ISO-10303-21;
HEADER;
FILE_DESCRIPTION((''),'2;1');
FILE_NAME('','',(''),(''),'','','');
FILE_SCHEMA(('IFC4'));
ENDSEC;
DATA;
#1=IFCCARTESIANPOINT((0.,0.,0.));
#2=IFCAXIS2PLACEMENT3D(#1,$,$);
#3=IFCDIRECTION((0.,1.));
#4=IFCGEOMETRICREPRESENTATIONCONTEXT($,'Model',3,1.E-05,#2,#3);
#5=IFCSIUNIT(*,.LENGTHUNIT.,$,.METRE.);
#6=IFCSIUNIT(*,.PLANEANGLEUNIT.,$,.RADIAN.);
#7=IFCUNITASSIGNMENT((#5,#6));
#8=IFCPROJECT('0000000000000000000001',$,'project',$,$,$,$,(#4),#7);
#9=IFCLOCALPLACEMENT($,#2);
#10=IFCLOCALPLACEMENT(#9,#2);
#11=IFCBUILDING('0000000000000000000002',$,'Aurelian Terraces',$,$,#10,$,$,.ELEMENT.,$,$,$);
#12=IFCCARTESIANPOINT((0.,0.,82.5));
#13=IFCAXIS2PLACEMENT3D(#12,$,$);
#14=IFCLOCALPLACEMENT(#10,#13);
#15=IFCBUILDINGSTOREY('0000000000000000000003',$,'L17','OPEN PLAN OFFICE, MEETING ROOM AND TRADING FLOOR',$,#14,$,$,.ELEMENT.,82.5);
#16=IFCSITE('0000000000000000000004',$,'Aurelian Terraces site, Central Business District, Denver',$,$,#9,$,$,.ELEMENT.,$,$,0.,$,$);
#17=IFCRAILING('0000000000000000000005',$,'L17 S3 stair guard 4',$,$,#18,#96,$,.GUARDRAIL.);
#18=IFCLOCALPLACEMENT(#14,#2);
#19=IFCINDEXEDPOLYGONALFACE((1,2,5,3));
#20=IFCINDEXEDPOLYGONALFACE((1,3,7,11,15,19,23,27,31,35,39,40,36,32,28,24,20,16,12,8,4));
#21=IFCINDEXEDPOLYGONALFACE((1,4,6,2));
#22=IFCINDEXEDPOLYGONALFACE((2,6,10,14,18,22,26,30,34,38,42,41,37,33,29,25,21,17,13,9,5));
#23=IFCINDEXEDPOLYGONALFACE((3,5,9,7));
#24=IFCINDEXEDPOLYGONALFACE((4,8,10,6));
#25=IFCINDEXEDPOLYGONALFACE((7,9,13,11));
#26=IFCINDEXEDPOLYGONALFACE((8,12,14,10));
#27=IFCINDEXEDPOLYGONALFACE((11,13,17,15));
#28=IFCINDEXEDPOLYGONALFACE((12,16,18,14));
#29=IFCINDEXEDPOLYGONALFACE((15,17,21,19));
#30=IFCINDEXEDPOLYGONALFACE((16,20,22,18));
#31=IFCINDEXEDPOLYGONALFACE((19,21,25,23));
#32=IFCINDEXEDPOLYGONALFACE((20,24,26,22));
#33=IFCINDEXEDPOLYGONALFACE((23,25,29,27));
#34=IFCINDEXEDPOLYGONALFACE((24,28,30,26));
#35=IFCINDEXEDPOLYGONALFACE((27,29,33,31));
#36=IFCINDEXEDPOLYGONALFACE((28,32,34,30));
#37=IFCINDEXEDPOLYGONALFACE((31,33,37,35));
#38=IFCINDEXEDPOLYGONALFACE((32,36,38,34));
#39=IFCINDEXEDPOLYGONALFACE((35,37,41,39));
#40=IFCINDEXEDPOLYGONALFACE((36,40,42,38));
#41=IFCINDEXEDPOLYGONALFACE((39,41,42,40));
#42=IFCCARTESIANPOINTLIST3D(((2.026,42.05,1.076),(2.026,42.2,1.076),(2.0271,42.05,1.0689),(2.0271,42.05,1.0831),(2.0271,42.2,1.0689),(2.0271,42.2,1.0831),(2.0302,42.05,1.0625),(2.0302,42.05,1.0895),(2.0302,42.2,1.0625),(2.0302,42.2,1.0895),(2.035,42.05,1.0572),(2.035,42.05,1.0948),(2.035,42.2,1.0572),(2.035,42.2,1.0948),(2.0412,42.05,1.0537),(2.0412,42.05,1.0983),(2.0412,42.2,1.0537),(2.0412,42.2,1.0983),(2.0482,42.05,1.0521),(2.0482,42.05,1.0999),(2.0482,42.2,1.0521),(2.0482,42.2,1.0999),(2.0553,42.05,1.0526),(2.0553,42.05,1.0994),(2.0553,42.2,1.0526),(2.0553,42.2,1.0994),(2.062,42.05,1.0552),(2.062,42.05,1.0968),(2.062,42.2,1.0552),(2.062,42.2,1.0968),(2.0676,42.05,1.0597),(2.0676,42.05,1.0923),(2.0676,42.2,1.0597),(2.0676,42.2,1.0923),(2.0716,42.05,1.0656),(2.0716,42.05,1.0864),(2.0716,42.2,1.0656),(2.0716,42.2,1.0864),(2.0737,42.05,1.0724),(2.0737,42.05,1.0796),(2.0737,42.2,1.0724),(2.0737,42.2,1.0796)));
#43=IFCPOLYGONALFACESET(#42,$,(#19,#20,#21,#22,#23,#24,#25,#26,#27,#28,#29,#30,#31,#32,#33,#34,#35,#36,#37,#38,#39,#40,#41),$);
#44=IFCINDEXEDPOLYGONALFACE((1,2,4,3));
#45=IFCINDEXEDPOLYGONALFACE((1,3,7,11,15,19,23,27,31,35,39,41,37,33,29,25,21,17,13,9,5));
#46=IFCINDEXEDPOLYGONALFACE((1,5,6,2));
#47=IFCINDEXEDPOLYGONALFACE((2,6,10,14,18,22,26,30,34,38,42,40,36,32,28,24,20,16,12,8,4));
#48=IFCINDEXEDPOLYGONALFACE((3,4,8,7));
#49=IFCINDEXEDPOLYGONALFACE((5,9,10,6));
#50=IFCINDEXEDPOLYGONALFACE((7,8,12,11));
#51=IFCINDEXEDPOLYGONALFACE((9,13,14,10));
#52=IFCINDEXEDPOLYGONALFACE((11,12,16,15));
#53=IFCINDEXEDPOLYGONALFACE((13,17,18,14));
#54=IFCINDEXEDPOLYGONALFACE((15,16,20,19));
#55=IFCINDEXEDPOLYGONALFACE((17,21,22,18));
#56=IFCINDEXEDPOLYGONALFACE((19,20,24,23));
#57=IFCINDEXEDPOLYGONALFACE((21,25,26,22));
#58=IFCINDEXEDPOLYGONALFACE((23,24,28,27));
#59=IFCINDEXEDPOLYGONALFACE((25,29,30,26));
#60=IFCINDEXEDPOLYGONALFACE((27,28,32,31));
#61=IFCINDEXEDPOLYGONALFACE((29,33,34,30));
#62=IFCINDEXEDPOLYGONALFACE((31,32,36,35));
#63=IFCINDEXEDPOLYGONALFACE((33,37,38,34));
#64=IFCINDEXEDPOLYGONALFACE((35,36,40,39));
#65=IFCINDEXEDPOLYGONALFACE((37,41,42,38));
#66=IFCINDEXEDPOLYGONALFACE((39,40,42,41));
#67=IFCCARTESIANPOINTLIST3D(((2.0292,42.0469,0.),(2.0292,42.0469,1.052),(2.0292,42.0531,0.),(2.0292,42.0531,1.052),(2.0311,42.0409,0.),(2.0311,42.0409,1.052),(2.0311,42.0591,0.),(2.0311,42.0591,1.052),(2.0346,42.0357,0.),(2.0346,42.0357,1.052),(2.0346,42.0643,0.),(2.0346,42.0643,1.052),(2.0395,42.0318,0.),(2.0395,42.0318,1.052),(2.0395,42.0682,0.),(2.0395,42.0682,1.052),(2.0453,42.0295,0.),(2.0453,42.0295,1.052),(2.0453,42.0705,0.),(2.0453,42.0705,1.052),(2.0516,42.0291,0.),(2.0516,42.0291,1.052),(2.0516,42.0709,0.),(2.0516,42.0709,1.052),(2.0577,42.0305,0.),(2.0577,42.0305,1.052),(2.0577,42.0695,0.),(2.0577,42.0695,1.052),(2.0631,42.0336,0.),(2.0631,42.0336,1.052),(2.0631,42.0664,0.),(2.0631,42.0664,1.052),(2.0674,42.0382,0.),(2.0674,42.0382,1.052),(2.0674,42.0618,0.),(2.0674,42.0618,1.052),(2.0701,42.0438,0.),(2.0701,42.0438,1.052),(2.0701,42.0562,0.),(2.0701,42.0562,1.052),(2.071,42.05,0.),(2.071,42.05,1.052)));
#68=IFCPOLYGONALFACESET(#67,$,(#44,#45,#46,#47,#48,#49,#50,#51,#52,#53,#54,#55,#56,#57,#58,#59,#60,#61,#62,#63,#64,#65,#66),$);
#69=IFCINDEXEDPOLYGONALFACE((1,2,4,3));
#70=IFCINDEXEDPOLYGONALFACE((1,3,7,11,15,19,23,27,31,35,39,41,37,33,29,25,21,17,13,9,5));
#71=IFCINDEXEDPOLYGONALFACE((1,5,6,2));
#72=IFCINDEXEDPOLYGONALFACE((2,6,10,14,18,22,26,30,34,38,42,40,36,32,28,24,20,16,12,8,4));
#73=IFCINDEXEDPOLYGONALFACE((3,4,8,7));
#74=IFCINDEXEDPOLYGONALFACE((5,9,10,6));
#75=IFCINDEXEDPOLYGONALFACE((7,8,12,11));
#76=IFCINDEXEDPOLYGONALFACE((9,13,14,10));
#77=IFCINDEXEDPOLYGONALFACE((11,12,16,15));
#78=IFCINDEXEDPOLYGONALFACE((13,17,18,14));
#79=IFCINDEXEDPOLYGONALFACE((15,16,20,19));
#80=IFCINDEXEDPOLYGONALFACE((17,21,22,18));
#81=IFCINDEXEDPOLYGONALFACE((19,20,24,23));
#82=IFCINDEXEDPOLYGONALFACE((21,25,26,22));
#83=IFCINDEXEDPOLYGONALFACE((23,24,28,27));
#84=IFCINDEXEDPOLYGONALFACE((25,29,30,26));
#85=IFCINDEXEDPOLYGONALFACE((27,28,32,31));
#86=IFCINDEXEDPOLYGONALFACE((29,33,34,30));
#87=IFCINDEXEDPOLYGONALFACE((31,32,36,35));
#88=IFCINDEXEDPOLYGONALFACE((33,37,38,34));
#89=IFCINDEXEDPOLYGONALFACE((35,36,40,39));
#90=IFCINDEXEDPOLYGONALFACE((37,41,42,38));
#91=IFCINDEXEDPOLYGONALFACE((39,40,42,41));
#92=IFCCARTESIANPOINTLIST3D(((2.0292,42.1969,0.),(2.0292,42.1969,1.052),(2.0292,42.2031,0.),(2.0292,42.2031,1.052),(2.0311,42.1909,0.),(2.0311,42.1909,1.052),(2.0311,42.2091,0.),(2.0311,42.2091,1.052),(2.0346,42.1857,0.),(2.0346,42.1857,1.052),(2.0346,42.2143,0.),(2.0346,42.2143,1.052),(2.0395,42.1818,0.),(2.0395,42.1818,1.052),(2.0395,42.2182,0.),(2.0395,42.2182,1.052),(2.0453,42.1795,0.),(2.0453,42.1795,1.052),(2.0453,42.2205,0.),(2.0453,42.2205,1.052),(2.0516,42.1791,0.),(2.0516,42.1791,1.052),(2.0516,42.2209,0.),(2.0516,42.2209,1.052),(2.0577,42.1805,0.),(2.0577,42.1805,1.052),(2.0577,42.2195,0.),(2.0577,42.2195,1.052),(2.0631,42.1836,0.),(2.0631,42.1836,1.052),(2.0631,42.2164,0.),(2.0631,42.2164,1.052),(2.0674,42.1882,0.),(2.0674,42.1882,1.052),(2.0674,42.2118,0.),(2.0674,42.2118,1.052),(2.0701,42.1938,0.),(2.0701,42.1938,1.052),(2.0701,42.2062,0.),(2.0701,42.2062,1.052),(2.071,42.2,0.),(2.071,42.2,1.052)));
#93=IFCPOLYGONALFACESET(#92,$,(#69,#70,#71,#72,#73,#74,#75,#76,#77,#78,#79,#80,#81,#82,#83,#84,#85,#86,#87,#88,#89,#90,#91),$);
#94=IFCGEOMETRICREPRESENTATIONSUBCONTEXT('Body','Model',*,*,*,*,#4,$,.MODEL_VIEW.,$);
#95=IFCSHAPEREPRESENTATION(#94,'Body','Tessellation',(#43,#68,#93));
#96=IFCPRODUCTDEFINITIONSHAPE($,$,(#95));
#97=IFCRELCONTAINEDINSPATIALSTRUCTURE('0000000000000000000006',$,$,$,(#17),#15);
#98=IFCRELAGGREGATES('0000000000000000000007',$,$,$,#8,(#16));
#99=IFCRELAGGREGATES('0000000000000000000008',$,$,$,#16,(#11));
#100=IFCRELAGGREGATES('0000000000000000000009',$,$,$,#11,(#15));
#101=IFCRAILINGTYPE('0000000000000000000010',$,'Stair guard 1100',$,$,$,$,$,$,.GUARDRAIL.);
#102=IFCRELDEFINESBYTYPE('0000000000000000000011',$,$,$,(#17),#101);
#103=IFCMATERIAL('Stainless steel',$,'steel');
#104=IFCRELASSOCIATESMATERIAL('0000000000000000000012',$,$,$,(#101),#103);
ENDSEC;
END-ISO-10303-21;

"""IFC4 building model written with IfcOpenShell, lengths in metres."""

from ifc_helpers import new_model, si_unit, direction, frame, origin, origin_2d, place, context, subcontext, project, spatial, circle, extrude, source, transform, mapped, material, type_object, element, save


model = new_model("IFC4")

# Units and contexts
model_context = context("Model", 3, precision=1e-05, world=origin(), true_north=direction((0.0, 1.0)))
body_context = subcontext(model_context, "Body", "Model", "MODEL_VIEW")
ifc_project = project(units=[si_unit("LENGTHUNIT", "METRE"), si_unit("PLANEANGLEUNIT", "RADIAN")], contexts=[model_context])

# Site, building, storey
site_placement = place(None, origin())
site = spatial("IfcSite", under=ifc_project, at=site_placement, Name="Aurelian Terraces site, Central Business District, Denver", CompositionType="ELEMENT", RefElevation=0.0)
building_placement = place(site_placement, origin())
building = spatial("IfcBuilding", under=site, at=building_placement, Name="Aurelian Terraces", CompositionType="ELEMENT")
storey_placement = place(building_placement, frame((0.0, 0.0, 82.5)))
storey = spatial("IfcBuildingStorey", under=building, at=storey_placement, Name="L17", Description="OPEN PLAN OFFICE, MEETING ROOM AND TRADING FLOOR", CompositionType="ELEMENT", Elevation=82.5)

# Railing
ifc_material_1 = material(Name="Stainless steel", Category="steel")
railing_type_1 = type_object("IfcRailingType", Name="Stair guard 1100", PredefinedType="GUARDRAIL", material=ifc_material_1)
shared_shape_1 = source(origin(), body_context, "Body", "SweptSolid", [
    extrude(circle(Radius=0.024, at=origin_2d()), frame((0.0, 0.0, 1.076), z_axis=(0.0, 1.0, 0.0), x_axis=(-1.0, 0.0, 0.0)), (0.0, 0.0, 1.0), 0.15),
    extrude(circle(Radius=0.021, at=origin_2d()), origin(), (0.0, 0.0, 1.0), 1.052),
    extrude(circle(Radius=0.021, at=origin_2d()), frame((0.0, 0.15, 0.0)), (0.0, 0.0, 1.0), 1.052),
])
for number, where, name in (
    (1, (2.05, 42.05, 0.0), "L17 S3 stair guard 4"),
):
    element("IfcRailing", number, at=place(storey_placement, frame(where)), inside=storey, type_object=railing_type_1, Name=name, PredefinedType="GUARDRAIL", context=body_context, shape_type="MappedRepresentation", body=[
        mapped(shared_shape_1, transform((0.0, 0.0, 0.0), scale=1.0)),
    ])

save(model, "model.ifc")
